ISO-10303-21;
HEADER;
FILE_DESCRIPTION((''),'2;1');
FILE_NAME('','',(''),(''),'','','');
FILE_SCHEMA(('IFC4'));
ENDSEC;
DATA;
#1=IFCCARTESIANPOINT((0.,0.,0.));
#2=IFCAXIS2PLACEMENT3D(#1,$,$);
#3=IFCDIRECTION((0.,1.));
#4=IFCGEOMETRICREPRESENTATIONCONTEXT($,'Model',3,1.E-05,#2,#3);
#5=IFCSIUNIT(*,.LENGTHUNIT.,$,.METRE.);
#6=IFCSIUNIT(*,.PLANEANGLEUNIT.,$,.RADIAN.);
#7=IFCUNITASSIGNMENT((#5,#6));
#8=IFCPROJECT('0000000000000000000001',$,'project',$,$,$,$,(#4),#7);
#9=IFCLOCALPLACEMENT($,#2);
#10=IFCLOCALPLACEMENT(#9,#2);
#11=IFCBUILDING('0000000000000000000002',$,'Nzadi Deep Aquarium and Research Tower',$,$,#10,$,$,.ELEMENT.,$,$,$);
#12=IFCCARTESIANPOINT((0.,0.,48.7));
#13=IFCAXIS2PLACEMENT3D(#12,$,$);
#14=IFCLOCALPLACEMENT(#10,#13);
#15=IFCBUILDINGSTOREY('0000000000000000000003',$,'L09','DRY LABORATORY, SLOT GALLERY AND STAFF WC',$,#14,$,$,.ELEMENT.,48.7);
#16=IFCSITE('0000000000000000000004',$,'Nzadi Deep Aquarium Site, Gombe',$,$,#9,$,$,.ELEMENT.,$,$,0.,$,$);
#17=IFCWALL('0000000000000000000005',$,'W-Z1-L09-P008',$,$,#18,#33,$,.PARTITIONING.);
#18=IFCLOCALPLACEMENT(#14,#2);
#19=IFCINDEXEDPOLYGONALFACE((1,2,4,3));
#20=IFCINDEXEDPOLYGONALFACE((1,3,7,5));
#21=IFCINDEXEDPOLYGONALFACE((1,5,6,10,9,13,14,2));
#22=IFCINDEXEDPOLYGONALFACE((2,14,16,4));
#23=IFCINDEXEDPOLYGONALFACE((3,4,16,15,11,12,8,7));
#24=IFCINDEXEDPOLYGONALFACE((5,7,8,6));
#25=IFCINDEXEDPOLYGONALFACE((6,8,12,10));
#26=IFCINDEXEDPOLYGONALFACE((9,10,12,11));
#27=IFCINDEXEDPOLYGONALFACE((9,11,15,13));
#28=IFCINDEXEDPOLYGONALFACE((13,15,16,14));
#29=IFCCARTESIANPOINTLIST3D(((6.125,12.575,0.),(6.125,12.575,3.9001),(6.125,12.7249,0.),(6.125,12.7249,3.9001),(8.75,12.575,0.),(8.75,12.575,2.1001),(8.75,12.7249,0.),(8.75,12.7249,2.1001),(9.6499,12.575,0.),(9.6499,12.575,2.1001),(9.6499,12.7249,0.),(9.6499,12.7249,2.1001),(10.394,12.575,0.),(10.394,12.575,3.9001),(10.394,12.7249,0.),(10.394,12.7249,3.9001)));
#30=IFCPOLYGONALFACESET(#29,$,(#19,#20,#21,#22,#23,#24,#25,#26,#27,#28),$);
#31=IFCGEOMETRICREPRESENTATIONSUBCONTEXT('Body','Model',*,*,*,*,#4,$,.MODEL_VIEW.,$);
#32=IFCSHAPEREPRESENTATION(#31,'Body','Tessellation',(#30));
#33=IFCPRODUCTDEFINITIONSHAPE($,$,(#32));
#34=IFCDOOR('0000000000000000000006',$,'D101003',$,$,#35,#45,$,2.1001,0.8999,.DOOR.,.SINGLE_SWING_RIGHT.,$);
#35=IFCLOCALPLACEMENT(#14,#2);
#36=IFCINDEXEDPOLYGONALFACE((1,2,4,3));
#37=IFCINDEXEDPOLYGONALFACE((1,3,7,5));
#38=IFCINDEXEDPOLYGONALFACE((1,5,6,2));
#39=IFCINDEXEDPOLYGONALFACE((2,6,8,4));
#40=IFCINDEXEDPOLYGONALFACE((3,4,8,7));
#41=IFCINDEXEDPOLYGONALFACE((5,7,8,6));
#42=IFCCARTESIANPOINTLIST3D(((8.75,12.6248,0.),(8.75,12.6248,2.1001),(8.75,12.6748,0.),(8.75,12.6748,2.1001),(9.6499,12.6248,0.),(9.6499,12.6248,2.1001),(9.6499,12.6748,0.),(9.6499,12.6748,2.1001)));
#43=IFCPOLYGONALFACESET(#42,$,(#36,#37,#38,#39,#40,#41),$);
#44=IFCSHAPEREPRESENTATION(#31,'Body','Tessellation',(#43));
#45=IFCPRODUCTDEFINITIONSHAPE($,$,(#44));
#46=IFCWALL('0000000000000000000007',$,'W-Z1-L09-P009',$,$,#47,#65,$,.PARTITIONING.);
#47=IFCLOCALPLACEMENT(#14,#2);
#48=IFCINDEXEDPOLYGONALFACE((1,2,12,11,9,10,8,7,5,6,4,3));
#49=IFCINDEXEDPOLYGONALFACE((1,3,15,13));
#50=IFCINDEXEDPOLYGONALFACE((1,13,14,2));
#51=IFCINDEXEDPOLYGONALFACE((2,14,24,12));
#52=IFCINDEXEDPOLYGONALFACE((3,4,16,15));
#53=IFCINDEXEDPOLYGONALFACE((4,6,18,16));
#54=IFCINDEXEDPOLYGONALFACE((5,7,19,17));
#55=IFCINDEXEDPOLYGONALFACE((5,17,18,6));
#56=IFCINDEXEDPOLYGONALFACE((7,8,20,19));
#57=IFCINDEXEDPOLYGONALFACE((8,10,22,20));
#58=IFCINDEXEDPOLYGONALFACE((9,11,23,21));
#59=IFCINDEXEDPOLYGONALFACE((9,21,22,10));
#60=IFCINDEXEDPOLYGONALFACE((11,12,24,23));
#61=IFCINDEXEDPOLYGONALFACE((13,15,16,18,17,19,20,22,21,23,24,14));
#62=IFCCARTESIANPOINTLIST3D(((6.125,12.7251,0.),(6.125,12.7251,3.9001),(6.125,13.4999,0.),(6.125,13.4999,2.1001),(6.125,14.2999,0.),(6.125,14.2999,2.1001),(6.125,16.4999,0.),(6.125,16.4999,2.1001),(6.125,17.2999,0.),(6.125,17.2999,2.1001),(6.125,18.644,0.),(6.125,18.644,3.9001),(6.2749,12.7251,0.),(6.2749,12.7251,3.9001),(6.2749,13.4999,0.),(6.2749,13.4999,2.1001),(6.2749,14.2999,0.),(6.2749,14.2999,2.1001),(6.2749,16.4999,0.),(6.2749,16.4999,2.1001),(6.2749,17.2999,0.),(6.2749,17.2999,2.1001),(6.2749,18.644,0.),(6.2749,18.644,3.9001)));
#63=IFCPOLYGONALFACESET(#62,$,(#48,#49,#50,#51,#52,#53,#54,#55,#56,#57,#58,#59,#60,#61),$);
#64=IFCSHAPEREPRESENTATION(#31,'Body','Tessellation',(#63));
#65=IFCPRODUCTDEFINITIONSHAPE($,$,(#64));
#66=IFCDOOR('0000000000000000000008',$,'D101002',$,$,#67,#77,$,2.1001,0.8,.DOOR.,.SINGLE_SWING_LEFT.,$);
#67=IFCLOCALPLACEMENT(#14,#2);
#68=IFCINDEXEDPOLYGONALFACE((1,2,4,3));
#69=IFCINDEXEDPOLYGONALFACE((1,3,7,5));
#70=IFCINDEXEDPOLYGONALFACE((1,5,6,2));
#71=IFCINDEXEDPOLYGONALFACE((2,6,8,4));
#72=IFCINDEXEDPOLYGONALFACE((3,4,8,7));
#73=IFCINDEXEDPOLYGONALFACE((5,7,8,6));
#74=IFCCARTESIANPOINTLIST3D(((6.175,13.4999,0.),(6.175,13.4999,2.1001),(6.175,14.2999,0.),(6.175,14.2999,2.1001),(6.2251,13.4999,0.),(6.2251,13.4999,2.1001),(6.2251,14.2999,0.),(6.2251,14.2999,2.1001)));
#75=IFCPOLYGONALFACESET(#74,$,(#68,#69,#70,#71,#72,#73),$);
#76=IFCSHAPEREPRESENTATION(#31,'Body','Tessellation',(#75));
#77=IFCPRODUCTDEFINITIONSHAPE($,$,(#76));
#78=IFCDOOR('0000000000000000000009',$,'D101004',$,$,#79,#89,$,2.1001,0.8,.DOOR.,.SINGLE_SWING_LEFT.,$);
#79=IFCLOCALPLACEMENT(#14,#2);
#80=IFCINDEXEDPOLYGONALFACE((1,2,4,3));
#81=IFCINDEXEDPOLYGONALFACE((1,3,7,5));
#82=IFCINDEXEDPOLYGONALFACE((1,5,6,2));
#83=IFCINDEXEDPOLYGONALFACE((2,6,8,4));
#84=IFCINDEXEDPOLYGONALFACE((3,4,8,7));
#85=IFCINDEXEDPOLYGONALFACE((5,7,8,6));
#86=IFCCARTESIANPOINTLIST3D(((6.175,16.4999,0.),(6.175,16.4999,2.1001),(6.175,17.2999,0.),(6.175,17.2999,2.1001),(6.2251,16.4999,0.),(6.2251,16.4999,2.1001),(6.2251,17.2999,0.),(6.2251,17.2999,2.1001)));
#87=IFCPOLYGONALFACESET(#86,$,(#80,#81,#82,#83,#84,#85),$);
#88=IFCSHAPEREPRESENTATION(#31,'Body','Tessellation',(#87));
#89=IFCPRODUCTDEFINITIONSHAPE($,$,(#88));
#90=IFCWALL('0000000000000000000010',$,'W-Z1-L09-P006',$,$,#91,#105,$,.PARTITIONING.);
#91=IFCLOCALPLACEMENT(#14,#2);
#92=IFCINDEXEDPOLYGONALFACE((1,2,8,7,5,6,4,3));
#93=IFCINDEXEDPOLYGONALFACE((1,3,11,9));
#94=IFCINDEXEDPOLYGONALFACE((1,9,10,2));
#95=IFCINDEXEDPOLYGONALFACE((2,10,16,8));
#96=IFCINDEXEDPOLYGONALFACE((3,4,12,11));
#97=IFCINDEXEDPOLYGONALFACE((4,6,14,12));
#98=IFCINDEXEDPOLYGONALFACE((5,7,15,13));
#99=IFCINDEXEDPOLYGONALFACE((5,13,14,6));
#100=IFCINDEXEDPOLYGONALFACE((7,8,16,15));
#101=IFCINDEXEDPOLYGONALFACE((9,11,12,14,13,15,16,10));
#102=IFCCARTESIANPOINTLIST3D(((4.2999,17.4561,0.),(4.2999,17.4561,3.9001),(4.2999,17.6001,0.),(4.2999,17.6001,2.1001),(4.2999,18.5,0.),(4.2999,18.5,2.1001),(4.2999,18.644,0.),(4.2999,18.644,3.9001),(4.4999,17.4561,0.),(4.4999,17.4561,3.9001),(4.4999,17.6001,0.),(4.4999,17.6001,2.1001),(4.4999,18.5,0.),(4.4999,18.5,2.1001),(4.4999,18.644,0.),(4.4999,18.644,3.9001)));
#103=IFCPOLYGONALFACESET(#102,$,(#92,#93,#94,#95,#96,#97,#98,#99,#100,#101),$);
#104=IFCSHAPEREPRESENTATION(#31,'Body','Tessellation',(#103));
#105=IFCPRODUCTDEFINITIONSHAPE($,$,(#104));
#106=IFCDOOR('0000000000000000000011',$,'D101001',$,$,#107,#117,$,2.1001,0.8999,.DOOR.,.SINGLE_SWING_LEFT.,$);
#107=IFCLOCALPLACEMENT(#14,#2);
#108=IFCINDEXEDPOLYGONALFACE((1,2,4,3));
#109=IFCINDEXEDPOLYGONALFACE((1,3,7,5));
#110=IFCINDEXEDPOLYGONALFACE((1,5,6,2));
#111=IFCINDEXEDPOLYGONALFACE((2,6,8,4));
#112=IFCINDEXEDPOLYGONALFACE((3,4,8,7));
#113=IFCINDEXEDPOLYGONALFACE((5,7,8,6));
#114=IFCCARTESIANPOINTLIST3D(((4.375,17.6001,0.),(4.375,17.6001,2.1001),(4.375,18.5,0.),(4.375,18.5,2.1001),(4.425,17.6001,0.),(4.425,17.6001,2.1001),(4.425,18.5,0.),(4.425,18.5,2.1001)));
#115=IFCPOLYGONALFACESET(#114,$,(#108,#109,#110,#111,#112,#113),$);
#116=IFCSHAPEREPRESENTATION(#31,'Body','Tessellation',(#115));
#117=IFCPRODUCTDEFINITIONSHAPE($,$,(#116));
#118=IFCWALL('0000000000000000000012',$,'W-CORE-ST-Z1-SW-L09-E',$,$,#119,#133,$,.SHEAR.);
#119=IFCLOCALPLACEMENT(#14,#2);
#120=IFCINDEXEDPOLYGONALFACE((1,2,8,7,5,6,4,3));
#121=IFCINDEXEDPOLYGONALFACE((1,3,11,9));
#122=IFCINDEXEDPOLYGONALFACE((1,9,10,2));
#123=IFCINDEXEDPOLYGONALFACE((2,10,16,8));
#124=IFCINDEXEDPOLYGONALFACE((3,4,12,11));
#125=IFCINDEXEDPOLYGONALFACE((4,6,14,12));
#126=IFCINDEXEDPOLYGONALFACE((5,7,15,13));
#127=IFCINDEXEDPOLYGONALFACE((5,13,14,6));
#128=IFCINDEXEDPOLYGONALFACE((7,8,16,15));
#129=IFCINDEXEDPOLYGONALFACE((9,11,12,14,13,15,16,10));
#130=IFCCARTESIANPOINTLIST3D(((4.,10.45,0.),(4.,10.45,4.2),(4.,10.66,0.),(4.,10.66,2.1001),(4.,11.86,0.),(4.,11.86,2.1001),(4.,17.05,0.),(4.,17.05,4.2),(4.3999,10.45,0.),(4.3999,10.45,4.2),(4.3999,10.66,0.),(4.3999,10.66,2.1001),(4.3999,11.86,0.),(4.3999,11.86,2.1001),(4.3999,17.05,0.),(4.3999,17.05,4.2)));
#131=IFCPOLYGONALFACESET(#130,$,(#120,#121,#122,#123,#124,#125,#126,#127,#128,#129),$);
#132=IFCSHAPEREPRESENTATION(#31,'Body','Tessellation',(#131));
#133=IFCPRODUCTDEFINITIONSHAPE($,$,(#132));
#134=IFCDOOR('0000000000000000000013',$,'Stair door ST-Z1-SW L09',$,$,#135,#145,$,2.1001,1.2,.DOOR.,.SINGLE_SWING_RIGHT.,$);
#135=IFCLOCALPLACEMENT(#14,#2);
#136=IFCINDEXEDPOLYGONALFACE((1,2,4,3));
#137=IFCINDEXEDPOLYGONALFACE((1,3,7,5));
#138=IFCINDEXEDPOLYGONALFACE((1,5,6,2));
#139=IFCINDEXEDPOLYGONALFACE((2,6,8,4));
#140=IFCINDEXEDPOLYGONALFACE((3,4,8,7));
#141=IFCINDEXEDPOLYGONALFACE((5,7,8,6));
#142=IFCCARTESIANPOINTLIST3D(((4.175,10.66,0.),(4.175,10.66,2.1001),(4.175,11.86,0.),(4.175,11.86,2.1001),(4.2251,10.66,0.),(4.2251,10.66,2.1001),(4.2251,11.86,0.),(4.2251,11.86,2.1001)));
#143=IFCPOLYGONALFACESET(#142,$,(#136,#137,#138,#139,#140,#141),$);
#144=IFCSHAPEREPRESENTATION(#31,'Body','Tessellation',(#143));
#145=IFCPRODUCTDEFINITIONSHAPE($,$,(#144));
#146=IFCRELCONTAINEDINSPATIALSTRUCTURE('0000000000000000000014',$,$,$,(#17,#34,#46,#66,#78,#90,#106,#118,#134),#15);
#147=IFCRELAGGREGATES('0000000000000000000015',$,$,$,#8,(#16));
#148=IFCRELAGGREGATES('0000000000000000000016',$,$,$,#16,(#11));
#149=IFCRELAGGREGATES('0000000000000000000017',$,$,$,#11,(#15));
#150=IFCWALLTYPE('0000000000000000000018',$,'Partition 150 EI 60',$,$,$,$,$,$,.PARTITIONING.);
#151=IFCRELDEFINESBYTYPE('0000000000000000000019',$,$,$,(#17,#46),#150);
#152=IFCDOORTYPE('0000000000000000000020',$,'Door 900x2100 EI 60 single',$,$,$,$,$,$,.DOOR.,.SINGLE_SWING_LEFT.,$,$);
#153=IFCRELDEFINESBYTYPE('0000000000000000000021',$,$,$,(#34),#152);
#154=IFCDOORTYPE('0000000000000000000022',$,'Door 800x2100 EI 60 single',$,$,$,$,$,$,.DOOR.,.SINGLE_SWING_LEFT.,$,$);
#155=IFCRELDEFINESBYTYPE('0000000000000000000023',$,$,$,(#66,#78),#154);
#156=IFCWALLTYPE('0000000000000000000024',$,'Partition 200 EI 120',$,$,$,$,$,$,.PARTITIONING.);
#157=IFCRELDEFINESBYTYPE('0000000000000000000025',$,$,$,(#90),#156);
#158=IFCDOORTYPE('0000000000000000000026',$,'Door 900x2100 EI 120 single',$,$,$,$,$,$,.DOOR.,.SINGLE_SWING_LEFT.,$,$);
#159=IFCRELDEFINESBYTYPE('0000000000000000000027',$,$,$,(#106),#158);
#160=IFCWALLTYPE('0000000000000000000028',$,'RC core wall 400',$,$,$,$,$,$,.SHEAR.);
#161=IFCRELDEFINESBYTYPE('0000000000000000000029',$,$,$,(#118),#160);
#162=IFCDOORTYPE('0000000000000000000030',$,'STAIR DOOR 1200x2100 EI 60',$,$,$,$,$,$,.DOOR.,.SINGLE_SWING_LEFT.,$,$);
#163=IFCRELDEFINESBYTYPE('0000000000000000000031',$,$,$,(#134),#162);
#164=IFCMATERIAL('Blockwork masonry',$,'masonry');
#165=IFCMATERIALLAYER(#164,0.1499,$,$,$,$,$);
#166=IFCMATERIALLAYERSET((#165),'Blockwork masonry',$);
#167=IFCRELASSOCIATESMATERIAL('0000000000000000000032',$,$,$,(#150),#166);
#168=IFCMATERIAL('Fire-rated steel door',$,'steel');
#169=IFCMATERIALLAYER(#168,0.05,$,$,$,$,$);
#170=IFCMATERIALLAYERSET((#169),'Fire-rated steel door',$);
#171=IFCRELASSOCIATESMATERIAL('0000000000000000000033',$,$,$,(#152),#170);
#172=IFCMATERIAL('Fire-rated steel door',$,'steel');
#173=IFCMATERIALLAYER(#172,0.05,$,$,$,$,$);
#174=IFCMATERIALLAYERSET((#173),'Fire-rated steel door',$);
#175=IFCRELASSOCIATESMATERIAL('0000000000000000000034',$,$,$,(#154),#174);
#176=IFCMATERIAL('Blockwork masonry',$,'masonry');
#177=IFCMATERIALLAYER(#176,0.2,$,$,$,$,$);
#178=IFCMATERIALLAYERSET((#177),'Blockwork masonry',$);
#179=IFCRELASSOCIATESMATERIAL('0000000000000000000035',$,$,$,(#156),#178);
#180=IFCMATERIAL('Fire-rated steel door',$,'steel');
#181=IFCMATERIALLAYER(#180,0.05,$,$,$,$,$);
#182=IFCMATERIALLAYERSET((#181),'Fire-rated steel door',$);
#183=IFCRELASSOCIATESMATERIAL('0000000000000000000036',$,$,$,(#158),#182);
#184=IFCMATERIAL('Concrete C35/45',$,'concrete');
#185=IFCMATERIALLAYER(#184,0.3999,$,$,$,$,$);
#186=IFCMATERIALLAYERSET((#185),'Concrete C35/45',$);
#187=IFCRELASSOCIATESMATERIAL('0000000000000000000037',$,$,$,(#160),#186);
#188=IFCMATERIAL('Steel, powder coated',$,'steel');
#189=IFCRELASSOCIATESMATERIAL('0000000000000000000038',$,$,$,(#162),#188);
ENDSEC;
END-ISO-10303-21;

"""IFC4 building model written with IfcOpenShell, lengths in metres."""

from ifc_helpers import new_model, si_unit, direction, frame, frame_2d, origin, place, context, subcontext, project, spatial, rectangle, extrude, material, layer, layer_set, type_object, element, fill, save


model = new_model("IFC4")

# Units and contexts
model_context = context("Model", 3, precision=1e-05, world=origin(), true_north=direction((0.0, 1.0)))
body_context = subcontext(model_context, "Body", "Model", "MODEL_VIEW")
ifc_project = project(units=[si_unit("LENGTHUNIT", "METRE"), si_unit("PLANEANGLEUNIT", "RADIAN")], contexts=[model_context])

# Site, building, storey
site_placement = place(None, origin())
site = spatial("IfcSite", under=ifc_project, at=site_placement, Name="Nzadi Deep Aquarium Site, Gombe", CompositionType="ELEMENT", RefElevation=0.0)
building_placement = place(site_placement, origin())
building = spatial("IfcBuilding", under=site, at=building_placement, Name="Nzadi Deep Aquarium and Research Tower", CompositionType="ELEMENT")
storey_placement = place(building_placement, frame((0.0, 0.0, 48.7)))
storey = spatial("IfcBuildingStorey", under=building, at=storey_placement, Name="L09", Description="DRY LABORATORY, SLOT GALLERY AND STAFF WC", CompositionType="ELEMENT", Elevation=48.7)

# Wall, opening, door
ifc_material_1 = material(Name="Blockwork masonry", Category="masonry")
ifc_layer_1 = layer(ifc_material_1, 0.1499)
ifc_layer_set_1 = layer_set([ifc_layer_1], Name="Blockwork masonry")
wall_type_1 = type_object("IfcWallType", Name="Partition 150 EI 60", PredefinedType="PARTITIONING", material=ifc_layer_set_1)
wall_1_placement = place(storey_placement, frame((6.125, 12.6499, 0.0), z_axis=(0.0, 0.0, 1.0), x_axis=(1.0, 0.0, 0.0)))
wall_1 = element("IfcWall", 1, at=wall_1_placement, inside=storey, type_object=wall_type_1, Name="W-Z1-L09-P008", PredefinedType="PARTITIONING", context=body_context, shape_type="SweptSolid", body=[
    extrude(rectangle(XDim=4.269, YDim=0.1499, at=frame_2d((2.1345, 0.0))), origin(), (0.0, 0.0, 1.0), 3.9001),
])
opening_1_placement = place(wall_1_placement, frame((2.625, 0.0, 0.0)))
opening_1 = element("IfcOpeningElement", 2, at=opening_1_placement, cuts=wall_1, PredefinedType="OPENING", context=body_context, shape_type="SweptSolid", body=[
    extrude(rectangle(XDim=0.8999, YDim=2.1001, at=frame_2d((0.45, 1.05))), frame((0.0, 0.085, 0.0), z_axis=(0.0, -1.0, 0.0), x_axis=(1.0, 0.0, 0.0)), (0.0, 0.0, 1.0), 0.1699),
])
ifc_material_2 = material(Name="Fire-rated steel door", Category="steel")
ifc_layer_2 = layer(ifc_material_2, 0.05)
ifc_layer_set_2 = layer_set([ifc_layer_2], Name="Fire-rated steel door")
door_type_1 = type_object("IfcDoorType", Name="Door 900x2100 EI 60 single", OperationType="SINGLE_SWING_LEFT", PredefinedType="DOOR", material=ifc_layer_set_2)
door_1_placement = place(opening_1_placement, origin())
door_1 = element("IfcDoor", 3, at=door_1_placement, inside=storey, type_object=door_type_1, Name="D101003", OperationType="SINGLE_SWING_RIGHT", OverallHeight=2.1001, OverallWidth=0.8999, PredefinedType="DOOR", context=body_context, shape_type="SweptSolid", body=[
    extrude(rectangle(XDim=0.8999, YDim=2.1001, at=frame_2d((0.45, 1.05))), frame((0.0, 0.0249, 0.0), z_axis=(0.0, -1.0, 0.0), x_axis=(1.0, 0.0, 0.0)), (0.0, 0.0, 1.0), 0.05),
])
fill(opening_1, door_1)

# Wall, openings, doors
wall_2_placement = place(storey_placement, frame((6.2, 12.7251, 0.0), z_axis=(0.0, 0.0, 1.0), x_axis=(0.0, 1.0, 0.0)))
wall_2 = element("IfcWall", 4, at=wall_2_placement, inside=storey, type_object=wall_type_1, Name="W-Z1-L09-P009", PredefinedType="PARTITIONING", context=body_context, shape_type="SweptSolid", body=[
    extrude(rectangle(XDim=5.9189, YDim=0.1499, at=frame_2d((2.9595, 0.0))), origin(), (0.0, 0.0, 1.0), 3.9001),
])
opening_2_placement = place(wall_2_placement, frame((0.7749, 0.0, 0.0)))
opening_2 = element("IfcOpeningElement", 5, at=opening_2_placement, cuts=wall_2, PredefinedType="OPENING", context=body_context, shape_type="SweptSolid", body=[
    extrude(rectangle(XDim=0.8, YDim=2.1001, at=frame_2d((0.3999, 1.05))), frame((0.0, 0.085, 0.0), z_axis=(0.0, -1.0, 0.0), x_axis=(1.0, 0.0, 0.0)), (0.0, 0.0, 1.0), 0.1699),
])
opening_3_placement = place(wall_2_placement, frame((3.7749, 0.0, 0.0)))
opening_3 = element("IfcOpeningElement", 6, at=opening_3_placement, cuts=wall_2, PredefinedType="OPENING", context=body_context, shape_type="SweptSolid", body=[
    extrude(rectangle(XDim=0.8, YDim=2.1001, at=frame_2d((0.3999, 1.05))), frame((0.0, 0.085, 0.0), z_axis=(0.0, -1.0, 0.0), x_axis=(1.0, 0.0, 0.0)), (0.0, 0.0, 1.0), 0.1699),
])
ifc_material_3 = material(Name="Fire-rated steel door", Category="steel")
ifc_layer_3 = layer(ifc_material_3, 0.05)
ifc_layer_set_3 = layer_set([ifc_layer_3], Name="Fire-rated steel door")
door_type_2 = type_object("IfcDoorType", Name="Door 800x2100 EI 60 single", OperationType="SINGLE_SWING_LEFT", PredefinedType="DOOR", material=ifc_layer_set_3)
door_2_placement = place(opening_2_placement, origin())
door_2 = element("IfcDoor", 7, at=door_2_placement, inside=storey, type_object=door_type_2, Name="D101002", OperationType="SINGLE_SWING_LEFT", OverallHeight=2.1001, OverallWidth=0.8, PredefinedType="DOOR", context=body_context, shape_type="SweptSolid", body=[
    extrude(rectangle(XDim=0.8, YDim=2.1001, at=frame_2d((0.3999, 1.05))), frame((0.0, 0.0249, 0.0), z_axis=(0.0, -1.0, 0.0), x_axis=(1.0, 0.0, 0.0)), (0.0, 0.0, 1.0), 0.05),
])
fill(opening_2, door_2)
door_3_placement = place(opening_3_placement, origin())
door_3 = element("IfcDoor", 8, at=door_3_placement, inside=storey, type_object=door_type_2, Name="D101004", OperationType="SINGLE_SWING_LEFT", OverallHeight=2.1001, OverallWidth=0.8, PredefinedType="DOOR", context=body_context, shape_type="SweptSolid", body=[
    extrude(rectangle(XDim=0.8, YDim=2.1001, at=frame_2d((0.3999, 1.05))), frame((0.0, 0.0249, 0.0), z_axis=(0.0, -1.0, 0.0), x_axis=(1.0, 0.0, 0.0)), (0.0, 0.0, 1.0), 0.05),
])
fill(opening_3, door_3)

# Walls, openings, doors
ifc_material_4 = material(Name="Blockwork masonry", Category="masonry")
ifc_layer_4 = layer(ifc_material_4, 0.2)
ifc_layer_set_4 = layer_set([ifc_layer_4], Name="Blockwork masonry")
wall_type_2 = type_object("IfcWallType", Name="Partition 200 EI 120", PredefinedType="PARTITIONING", material=ifc_layer_set_4)
wall_3_placement = place(storey_placement, frame((4.3999, 17.4561, 0.0), z_axis=(0.0, 0.0, 1.0), x_axis=(0.0, 1.0, 0.0)))
wall_3 = element("IfcWall", 9, at=wall_3_placement, inside=storey, type_object=wall_type_2, Name="W-Z1-L09-P006", PredefinedType="PARTITIONING", context=body_context, shape_type="SweptSolid", body=[
    extrude(rectangle(XDim=1.188, YDim=0.2, at=frame_2d((0.594, 0.0))), origin(), (0.0, 0.0, 1.0), 3.9001),
])
opening_4_placement = place(wall_3_placement, frame((0.144, 0.0, 0.0)))
opening_4 = element("IfcOpeningElement", 10, at=opening_4_placement, cuts=wall_3, PredefinedType="OPENING", context=body_context, shape_type="SweptSolid", body=[
    extrude(rectangle(XDim=0.8999, YDim=2.1001, at=frame_2d((0.45, 1.05))), frame((0.0, 0.1101, 0.0), z_axis=(0.0, -1.0, 0.0), x_axis=(1.0, 0.0, 0.0)), (0.0, 0.0, 1.0), 0.2202),
])
ifc_material_5 = material(Name="Fire-rated steel door", Category="steel")
ifc_layer_5 = layer(ifc_material_5, 0.05)
ifc_layer_set_5 = layer_set([ifc_layer_5], Name="Fire-rated steel door")
door_type_3 = type_object("IfcDoorType", Name="Door 900x2100 EI 120 single", OperationType="SINGLE_SWING_LEFT", PredefinedType="DOOR", material=ifc_layer_set_5)
door_4_placement = place(opening_4_placement, origin())
door_4 = element("IfcDoor", 11, at=door_4_placement, inside=storey, type_object=door_type_3, Name="D101001", OperationType="SINGLE_SWING_LEFT", OverallHeight=2.1001, OverallWidth=0.8999, PredefinedType="DOOR", context=body_context, shape_type="SweptSolid", body=[
    extrude(rectangle(XDim=0.8999, YDim=2.1001, at=frame_2d((0.45, 1.05))), frame((0.0, 0.0249, 0.0), z_axis=(0.0, -1.0, 0.0), x_axis=(1.0, 0.0, 0.0)), (0.0, 0.0, 1.0), 0.05),
])
fill(opening_4, door_4)
ifc_material_6 = material(Name="Concrete C35/45", Category="concrete")
ifc_layer_6 = layer(ifc_material_6, 0.3999)
ifc_layer_set_6 = layer_set([ifc_layer_6], Name="Concrete C35/45")
wall_type_3 = type_object("IfcWallType", Name="RC core wall 400", PredefinedType="SHEAR", material=ifc_layer_set_6)
wall_4_placement = place(storey_placement, frame((4.2, 10.45, 0.0), z_axis=(0.0, 0.0, 1.0), x_axis=(0.0, 1.0, 0.0)))
wall_4 = element("IfcWall", 12, at=wall_4_placement, inside=storey, type_object=wall_type_3, Name="W-CORE-ST-Z1-SW-L09-E", PredefinedType="SHEAR", context=body_context, shape_type="SweptSolid", body=[
    extrude(rectangle(XDim=6.6001, YDim=0.3999, at=frame_2d((3.3, 0.0))), origin(), (0.0, 0.0, 1.0), 4.2),
])
opening_5_placement = place(wall_4_placement, frame((0.21, 0.0, 0.0)))
opening_5 = element("IfcOpeningElement", 13, at=opening_5_placement, cuts=wall_4, PredefinedType="OPENING", context=body_context, shape_type="SweptSolid", body=[
    extrude(rectangle(XDim=1.2, YDim=2.1001, at=frame_2d((0.6001, 1.05))), frame((0.0, 0.21, 0.0), z_axis=(0.0, -1.0, 0.0), x_axis=(1.0, 0.0, 0.0)), (0.0, 0.0, 1.0), 0.4199),
])
ifc_material_7 = material(Name="Steel, powder coated", Category="steel")
door_type_4 = type_object("IfcDoorType", Name="STAIR DOOR 1200x2100 EI 60", OperationType="SINGLE_SWING_LEFT", PredefinedType="DOOR", material=ifc_material_7)
door_5_placement = place(opening_5_placement, origin())
door_5 = element("IfcDoor", 14, at=door_5_placement, inside=storey, type_object=door_type_4, Name="Stair door ST-Z1-SW L09", OperationType="SINGLE_SWING_RIGHT", OverallHeight=2.1001, OverallWidth=1.2, PredefinedType="DOOR", context=body_context, shape_type="SweptSolid", body=[
    extrude(rectangle(XDim=1.2, YDim=2.1001, at=frame_2d((0.6001, 1.05))), frame((0.0, 0.0249, 0.0), z_axis=(0.0, -1.0, 0.0), x_axis=(1.0, 0.0, 0.0)), (0.0, 0.0, 1.0), 0.05),
])
fill(opening_5, door_5)

save(model, "model.ifc")
